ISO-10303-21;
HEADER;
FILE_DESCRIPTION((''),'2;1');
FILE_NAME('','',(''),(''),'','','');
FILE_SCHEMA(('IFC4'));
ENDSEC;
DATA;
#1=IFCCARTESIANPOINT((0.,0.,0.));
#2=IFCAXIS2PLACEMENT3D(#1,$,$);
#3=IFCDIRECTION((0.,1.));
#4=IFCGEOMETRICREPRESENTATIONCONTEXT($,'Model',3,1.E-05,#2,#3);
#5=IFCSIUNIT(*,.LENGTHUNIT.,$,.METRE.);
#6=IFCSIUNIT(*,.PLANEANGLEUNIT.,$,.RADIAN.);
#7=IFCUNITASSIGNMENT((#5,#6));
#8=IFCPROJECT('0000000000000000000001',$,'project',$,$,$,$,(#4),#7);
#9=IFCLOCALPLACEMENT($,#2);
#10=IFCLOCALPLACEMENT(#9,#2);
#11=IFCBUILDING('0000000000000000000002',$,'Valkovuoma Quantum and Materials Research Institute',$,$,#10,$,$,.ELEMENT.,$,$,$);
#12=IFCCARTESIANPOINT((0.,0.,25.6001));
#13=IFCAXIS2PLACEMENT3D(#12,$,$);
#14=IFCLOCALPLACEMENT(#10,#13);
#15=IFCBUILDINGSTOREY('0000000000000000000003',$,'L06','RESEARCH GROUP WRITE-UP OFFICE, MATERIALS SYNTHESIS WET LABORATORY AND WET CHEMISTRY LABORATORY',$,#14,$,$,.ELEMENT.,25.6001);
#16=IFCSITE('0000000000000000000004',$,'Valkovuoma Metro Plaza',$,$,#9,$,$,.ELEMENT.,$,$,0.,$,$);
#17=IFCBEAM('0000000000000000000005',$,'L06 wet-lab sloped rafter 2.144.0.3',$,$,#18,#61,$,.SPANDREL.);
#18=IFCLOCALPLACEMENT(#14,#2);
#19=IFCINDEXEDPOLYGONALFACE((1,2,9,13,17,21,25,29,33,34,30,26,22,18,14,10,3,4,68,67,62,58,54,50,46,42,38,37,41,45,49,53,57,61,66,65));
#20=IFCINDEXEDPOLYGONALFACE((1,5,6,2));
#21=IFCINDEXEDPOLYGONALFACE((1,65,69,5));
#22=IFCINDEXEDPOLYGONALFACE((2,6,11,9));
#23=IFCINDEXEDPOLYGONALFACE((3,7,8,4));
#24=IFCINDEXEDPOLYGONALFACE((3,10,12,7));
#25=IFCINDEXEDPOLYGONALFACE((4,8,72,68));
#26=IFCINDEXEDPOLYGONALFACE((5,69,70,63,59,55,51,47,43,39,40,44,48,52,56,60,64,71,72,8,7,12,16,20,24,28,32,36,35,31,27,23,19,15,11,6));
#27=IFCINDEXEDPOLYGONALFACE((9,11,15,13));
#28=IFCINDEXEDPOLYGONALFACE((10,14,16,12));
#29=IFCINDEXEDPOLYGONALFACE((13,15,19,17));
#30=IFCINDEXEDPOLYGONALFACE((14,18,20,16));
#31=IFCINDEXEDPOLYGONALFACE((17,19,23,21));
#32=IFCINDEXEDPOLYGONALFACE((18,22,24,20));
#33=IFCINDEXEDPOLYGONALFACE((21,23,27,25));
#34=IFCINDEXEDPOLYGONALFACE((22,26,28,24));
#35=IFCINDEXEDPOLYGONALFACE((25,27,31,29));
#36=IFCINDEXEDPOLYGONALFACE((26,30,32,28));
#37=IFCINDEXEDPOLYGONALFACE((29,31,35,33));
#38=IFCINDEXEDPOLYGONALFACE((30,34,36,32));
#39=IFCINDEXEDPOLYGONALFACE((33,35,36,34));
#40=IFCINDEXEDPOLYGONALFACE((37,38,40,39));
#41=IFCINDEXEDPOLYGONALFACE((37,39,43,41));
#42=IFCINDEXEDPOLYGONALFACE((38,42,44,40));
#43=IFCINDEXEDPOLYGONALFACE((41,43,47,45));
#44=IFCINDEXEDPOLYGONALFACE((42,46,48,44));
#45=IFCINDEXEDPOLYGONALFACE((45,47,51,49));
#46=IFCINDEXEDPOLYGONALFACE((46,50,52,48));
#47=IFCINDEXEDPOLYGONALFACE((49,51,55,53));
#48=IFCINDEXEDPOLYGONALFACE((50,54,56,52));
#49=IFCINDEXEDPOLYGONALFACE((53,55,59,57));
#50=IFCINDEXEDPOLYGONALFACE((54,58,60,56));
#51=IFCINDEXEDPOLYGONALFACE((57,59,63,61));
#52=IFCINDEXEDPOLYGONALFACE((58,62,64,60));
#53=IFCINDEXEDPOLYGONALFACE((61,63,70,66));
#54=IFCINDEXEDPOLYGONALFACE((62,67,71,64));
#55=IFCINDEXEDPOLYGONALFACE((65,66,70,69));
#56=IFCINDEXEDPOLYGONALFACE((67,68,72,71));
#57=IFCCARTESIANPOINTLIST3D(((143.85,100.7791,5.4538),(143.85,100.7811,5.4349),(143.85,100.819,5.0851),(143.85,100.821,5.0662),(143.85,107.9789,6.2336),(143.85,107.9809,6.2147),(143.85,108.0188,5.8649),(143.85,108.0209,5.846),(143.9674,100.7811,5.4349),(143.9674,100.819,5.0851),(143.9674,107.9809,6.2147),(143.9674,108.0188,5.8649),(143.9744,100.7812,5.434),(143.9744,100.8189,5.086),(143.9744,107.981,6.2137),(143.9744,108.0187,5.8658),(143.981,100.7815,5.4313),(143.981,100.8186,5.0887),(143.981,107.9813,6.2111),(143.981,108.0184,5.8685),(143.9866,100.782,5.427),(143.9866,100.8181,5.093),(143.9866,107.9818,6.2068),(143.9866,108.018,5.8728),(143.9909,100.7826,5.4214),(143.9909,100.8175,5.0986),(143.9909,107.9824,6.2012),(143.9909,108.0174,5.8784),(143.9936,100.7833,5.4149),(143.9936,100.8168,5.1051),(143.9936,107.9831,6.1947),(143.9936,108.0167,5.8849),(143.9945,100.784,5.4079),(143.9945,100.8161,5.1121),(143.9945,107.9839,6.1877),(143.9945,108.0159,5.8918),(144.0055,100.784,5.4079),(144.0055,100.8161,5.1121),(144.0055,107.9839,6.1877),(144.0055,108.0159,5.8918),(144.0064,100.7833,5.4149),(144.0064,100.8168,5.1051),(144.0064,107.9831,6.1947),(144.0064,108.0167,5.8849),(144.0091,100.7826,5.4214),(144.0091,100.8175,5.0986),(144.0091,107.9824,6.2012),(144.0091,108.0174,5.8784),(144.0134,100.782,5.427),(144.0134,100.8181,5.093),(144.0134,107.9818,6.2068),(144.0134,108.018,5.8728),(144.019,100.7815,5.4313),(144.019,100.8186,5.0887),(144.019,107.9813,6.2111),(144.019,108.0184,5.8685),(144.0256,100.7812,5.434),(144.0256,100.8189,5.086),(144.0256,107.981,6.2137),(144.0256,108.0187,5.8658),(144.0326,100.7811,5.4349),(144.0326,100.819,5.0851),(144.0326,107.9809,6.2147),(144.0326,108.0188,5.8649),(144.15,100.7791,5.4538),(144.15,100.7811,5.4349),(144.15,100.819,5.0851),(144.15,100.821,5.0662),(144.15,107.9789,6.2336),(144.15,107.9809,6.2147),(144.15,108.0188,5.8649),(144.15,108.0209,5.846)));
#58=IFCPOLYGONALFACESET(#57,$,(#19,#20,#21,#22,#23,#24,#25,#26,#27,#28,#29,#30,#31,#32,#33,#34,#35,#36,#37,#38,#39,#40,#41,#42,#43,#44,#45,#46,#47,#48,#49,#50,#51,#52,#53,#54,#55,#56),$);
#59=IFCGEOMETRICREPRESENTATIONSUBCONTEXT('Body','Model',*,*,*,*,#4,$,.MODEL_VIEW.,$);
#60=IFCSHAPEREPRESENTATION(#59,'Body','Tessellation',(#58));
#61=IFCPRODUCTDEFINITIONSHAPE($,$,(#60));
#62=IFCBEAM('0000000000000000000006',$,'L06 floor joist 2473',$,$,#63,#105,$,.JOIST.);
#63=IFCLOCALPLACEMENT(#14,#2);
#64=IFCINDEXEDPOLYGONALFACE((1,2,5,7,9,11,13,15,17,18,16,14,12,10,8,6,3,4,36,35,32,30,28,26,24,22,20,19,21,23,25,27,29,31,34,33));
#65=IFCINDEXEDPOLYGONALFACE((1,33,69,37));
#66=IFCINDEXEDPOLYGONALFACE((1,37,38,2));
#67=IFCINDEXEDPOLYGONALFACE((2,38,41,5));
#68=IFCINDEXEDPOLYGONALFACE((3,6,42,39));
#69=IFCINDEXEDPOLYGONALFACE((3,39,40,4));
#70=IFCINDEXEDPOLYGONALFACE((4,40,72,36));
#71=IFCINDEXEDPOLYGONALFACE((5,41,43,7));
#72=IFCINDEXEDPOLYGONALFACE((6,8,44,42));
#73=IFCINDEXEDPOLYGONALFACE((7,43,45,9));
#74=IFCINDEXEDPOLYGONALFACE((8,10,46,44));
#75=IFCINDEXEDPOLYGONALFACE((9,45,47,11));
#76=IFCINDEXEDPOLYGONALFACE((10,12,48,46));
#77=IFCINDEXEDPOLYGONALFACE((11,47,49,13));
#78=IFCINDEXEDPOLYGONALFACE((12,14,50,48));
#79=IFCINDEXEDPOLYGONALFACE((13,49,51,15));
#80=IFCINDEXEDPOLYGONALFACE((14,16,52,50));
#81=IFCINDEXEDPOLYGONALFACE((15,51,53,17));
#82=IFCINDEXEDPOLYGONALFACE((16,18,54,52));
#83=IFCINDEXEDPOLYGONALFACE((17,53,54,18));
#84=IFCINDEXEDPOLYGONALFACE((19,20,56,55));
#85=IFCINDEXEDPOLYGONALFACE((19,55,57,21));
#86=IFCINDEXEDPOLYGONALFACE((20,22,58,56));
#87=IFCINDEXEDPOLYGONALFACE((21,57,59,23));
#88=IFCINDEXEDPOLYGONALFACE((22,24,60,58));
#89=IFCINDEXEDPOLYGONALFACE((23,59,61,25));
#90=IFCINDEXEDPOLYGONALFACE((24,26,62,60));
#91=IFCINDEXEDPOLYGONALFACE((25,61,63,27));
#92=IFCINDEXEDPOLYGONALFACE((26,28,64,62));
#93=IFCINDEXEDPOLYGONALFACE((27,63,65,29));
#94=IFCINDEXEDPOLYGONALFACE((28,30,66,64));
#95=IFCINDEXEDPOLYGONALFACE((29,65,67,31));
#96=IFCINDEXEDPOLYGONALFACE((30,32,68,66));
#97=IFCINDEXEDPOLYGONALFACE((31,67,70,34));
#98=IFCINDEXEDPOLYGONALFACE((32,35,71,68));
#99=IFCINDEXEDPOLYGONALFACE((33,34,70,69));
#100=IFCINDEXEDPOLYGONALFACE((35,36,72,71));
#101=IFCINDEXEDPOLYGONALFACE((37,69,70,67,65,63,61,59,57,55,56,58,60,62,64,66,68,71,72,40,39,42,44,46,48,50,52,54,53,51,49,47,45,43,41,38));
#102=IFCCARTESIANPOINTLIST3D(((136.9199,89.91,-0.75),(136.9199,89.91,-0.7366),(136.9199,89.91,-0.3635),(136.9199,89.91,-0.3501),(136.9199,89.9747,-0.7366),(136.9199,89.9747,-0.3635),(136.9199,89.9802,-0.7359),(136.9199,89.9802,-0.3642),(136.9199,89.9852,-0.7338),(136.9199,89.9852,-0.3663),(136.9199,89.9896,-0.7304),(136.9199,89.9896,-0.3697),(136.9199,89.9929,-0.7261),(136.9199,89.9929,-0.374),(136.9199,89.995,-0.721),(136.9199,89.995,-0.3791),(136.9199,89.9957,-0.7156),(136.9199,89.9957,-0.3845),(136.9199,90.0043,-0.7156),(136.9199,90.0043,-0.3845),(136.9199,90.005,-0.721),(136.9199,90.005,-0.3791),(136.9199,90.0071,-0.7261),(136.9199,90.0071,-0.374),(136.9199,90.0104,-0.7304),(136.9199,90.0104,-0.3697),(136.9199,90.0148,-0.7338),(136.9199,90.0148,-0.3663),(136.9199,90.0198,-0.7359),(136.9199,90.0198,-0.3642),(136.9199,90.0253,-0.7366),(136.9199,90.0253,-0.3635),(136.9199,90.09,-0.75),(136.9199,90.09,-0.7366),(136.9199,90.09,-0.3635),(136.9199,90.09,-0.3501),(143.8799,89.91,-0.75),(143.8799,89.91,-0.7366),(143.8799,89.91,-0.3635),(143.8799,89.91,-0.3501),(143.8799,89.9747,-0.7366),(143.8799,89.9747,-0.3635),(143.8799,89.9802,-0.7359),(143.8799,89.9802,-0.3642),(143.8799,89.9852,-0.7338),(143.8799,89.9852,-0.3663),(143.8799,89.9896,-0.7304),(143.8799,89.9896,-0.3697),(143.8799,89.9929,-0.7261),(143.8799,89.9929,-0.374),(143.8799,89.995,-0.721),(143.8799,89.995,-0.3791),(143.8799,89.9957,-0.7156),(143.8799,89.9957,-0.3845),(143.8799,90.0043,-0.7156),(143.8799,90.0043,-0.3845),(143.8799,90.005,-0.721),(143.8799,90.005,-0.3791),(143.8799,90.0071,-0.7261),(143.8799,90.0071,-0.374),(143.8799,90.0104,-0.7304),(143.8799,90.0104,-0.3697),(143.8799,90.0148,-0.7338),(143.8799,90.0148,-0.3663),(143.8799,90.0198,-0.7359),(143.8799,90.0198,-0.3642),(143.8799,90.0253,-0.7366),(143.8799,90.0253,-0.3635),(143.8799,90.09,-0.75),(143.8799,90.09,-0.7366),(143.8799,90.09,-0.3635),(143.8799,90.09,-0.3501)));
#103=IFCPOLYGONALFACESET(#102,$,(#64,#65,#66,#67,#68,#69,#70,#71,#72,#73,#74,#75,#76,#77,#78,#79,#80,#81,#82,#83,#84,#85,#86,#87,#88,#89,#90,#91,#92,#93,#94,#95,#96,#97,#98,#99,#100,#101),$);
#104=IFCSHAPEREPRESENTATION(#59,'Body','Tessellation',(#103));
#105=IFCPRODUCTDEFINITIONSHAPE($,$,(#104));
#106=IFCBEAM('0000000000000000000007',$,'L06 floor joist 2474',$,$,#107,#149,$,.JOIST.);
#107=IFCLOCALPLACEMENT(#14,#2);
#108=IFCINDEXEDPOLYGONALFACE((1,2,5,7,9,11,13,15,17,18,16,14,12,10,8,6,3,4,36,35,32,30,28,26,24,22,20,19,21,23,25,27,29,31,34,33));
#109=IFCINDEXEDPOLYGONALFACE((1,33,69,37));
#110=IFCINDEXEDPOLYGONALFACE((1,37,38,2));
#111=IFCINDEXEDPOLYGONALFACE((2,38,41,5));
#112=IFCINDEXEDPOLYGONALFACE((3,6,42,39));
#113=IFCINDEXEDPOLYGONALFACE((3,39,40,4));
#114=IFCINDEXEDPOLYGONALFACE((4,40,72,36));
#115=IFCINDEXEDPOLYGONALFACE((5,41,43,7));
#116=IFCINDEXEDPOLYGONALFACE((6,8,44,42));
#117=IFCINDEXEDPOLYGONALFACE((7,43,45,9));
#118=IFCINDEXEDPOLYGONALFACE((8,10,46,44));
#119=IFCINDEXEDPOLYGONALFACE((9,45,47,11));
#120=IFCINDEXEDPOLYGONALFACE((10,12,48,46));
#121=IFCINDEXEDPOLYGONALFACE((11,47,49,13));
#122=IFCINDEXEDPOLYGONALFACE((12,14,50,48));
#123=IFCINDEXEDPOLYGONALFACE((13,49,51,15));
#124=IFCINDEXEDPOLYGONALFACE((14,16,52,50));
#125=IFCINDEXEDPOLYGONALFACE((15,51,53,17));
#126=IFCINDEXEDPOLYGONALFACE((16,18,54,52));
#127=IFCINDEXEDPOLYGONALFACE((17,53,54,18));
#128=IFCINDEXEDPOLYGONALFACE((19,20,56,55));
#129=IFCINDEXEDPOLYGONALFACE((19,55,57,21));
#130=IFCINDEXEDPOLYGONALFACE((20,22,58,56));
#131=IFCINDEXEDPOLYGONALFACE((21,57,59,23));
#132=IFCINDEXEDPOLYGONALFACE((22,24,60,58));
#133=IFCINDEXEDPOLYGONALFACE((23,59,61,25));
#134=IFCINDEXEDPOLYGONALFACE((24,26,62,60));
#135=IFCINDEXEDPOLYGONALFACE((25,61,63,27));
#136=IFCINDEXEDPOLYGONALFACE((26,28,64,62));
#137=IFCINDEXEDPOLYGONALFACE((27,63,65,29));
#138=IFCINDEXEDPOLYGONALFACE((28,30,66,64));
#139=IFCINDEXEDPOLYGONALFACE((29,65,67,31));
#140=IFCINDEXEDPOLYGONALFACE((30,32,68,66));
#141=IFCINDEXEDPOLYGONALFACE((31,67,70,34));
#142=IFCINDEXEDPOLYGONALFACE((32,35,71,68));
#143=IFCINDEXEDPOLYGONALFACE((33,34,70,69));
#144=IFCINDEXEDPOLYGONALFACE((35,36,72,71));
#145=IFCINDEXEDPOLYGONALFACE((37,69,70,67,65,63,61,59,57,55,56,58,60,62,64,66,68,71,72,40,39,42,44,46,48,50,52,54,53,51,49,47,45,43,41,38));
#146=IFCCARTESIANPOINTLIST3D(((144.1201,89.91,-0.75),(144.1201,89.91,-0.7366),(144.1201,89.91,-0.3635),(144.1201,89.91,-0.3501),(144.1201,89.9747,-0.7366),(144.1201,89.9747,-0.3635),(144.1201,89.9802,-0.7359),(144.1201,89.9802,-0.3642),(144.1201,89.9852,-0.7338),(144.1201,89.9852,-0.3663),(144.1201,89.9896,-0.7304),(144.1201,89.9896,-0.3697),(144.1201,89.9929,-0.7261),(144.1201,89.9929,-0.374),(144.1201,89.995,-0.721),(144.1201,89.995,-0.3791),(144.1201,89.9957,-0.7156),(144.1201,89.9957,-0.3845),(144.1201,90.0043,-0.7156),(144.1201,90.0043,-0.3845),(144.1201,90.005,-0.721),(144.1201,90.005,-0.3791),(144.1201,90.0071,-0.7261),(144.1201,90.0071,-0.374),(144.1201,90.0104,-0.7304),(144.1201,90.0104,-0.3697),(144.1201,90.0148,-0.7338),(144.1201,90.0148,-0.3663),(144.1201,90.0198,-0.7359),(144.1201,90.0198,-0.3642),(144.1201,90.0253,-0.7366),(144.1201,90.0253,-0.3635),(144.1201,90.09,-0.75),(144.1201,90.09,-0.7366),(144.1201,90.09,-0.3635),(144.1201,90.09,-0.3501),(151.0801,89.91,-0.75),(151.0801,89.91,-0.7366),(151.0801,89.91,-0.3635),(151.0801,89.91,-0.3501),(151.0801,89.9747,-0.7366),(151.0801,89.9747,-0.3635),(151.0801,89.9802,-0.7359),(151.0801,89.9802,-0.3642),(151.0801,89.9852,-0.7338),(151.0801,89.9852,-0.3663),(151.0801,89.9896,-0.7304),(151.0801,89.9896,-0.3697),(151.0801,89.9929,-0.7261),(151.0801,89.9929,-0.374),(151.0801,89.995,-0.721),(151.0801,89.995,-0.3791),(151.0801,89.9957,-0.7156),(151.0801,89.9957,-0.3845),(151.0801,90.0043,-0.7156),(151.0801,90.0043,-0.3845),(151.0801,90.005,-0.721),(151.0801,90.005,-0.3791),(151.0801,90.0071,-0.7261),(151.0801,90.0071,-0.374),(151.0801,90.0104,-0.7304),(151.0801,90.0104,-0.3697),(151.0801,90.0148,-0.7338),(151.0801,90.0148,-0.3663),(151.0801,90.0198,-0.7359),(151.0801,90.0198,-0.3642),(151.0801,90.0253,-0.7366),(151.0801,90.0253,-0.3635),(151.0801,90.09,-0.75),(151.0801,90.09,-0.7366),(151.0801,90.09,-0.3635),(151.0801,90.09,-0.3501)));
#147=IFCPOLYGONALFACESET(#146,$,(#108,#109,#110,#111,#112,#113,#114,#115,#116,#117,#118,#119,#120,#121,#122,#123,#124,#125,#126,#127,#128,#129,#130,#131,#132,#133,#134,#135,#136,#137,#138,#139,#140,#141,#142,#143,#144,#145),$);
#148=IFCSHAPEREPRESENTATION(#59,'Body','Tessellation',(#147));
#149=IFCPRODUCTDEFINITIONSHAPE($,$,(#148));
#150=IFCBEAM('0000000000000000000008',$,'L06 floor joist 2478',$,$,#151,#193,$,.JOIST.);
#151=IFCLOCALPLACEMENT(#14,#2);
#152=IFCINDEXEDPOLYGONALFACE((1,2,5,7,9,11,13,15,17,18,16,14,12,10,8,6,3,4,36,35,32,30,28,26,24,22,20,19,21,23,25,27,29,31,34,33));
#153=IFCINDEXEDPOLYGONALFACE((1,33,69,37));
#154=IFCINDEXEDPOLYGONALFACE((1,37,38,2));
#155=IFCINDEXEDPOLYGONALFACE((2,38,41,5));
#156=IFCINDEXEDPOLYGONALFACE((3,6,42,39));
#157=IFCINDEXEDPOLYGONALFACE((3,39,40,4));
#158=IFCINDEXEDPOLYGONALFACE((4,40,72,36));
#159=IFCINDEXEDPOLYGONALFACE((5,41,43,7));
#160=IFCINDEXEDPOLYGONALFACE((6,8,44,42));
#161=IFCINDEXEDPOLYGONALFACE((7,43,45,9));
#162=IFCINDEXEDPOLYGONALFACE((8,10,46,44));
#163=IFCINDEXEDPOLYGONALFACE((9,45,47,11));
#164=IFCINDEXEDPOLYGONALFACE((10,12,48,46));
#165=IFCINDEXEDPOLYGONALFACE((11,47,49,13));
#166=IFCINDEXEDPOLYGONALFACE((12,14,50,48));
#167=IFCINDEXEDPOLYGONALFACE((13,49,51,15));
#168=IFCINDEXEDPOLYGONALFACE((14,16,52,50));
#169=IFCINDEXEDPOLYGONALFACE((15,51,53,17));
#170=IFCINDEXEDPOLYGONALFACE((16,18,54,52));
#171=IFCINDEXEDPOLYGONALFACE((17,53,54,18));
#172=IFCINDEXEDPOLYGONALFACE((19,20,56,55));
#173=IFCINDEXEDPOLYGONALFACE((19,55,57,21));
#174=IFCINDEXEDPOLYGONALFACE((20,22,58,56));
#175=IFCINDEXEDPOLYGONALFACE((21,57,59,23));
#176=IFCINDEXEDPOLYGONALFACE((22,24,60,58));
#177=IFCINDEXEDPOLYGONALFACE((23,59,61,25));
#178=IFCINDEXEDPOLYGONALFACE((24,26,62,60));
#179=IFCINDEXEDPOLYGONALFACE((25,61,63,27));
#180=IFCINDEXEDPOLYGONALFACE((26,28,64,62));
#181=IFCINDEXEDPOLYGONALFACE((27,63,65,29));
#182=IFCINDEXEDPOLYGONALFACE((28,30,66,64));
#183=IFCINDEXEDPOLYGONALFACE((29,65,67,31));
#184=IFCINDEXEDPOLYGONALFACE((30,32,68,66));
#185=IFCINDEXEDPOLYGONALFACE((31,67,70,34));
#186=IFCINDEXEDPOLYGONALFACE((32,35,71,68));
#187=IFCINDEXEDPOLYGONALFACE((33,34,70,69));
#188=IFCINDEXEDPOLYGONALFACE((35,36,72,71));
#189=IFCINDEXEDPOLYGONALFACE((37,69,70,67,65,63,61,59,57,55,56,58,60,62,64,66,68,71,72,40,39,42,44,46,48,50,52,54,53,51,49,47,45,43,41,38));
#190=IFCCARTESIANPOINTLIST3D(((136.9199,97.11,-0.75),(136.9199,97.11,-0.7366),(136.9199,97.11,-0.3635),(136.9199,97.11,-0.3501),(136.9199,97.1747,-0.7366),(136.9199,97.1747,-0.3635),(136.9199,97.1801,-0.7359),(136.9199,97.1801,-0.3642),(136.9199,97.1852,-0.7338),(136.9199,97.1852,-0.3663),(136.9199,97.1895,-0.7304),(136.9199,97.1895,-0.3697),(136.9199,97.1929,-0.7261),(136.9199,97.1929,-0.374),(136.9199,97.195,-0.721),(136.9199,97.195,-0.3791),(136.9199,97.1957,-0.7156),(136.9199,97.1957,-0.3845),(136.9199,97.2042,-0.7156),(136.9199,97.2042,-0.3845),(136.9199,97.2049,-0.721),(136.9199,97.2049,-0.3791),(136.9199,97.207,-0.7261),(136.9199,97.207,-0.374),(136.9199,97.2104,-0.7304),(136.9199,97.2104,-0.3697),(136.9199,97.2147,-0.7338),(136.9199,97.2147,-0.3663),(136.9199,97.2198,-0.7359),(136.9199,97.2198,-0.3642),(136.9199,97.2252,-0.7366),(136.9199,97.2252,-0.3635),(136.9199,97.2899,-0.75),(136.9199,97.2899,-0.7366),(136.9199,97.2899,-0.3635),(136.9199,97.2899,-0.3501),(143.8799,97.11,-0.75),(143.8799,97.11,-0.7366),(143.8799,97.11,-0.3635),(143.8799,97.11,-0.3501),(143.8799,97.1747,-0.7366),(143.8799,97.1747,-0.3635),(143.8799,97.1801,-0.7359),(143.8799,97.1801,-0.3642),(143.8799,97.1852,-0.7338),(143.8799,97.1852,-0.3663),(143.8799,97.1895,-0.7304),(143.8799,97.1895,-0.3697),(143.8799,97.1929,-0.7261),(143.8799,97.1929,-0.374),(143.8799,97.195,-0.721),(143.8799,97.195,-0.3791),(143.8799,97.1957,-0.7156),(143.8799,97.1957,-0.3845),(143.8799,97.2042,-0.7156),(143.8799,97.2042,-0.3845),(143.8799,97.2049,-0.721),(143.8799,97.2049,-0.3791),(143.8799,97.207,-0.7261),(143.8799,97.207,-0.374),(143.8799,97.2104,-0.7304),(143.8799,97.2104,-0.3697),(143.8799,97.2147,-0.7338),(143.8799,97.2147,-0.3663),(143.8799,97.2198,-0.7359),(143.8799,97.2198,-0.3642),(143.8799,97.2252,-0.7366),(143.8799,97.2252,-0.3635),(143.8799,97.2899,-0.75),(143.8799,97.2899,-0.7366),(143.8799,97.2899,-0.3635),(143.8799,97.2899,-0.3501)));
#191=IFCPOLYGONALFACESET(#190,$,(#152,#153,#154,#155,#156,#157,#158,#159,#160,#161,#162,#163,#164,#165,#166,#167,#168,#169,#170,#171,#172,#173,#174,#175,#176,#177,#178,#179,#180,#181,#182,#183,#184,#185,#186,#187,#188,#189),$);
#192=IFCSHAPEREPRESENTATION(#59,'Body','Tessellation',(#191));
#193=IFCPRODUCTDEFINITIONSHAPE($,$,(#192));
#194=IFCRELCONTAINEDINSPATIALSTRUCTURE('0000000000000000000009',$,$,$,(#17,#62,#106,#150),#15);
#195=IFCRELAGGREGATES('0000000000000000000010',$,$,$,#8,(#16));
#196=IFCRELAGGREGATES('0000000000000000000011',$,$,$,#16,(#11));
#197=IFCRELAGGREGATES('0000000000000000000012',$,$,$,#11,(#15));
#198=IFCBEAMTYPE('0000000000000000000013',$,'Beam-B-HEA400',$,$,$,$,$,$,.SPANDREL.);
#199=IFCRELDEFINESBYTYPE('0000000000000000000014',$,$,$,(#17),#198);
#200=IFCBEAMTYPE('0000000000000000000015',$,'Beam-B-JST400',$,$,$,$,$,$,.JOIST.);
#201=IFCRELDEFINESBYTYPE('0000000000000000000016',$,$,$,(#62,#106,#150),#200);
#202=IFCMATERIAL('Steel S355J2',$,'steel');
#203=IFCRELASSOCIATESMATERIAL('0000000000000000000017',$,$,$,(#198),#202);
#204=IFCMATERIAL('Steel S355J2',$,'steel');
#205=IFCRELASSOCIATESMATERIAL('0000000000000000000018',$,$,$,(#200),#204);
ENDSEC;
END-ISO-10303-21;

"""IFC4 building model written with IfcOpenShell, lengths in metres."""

from ifc_helpers import new_model, si_unit, direction, frame, origin, origin_2d, place, context, subcontext, project, spatial, i_section, extrude, material, material_profile, profile_set, type_object, element, save


model = new_model("IFC4")

# Units and contexts
model_context = context("Model", 3, precision=1e-05, world=origin(), true_north=direction((0.0, 1.0)))
body_context = subcontext(model_context, "Body", "Model", "MODEL_VIEW")
ifc_project = project(units=[si_unit("LENGTHUNIT", "METRE"), si_unit("PLANEANGLEUNIT", "RADIAN")], contexts=[model_context])

# Site, building, storey
site_placement = place(None, origin())
site = spatial("IfcSite", under=ifc_project, at=site_placement, Name="Valkovuoma Metro Plaza", CompositionType="ELEMENT", RefElevation=0.0)
building_placement = place(site_placement, origin())
building = spatial("IfcBuilding", under=site, at=building_placement, Name="Valkovuoma Quantum and Materials Research Institute", CompositionType="ELEMENT")
storey_placement = place(building_placement, frame((0.0, 0.0, 25.6001)))
storey = spatial("IfcBuildingStorey", under=building, at=storey_placement, Name="L06", Description="RESEARCH GROUP WRITE-UP OFFICE, MATERIALS SYNTHESIS WET LABORATORY AND WET CHEMISTRY LABORATORY", CompositionType="ELEMENT", Elevation=25.6001)

# Beams
ifc_material_1 = material(Name="Steel S355J2", Category="steel")
ifc_material_profile_1 = material_profile(ifc_material_1, i_section(OverallWidth=0.3, OverallDepth=0.3899, WebThickness=0.011, FlangeThickness=0.019, FilletRadius=0.0271, at=origin_2d()), Name="Steel S355J2")
ifc_profile_set_1 = profile_set([ifc_material_profile_1], Name="Steel S355J2")
beam_type_1 = type_object("IfcBeamType", Name="Beam-B-HEA400", PredefinedType="SPANDREL", material=ifc_profile_set_1)
beam_1_placement = place(storey_placement, frame((144.0, 100.8, 5.26), z_axis=(0.0, 0.994186, 0.107675), x_axis=(-1.0, 0.0, 0.0)))
element("IfcBeam", 1, at=beam_1_placement, inside=storey, type_object=beam_type_1, Name="L06 wet-lab sloped rafter 2.144.0.3", PredefinedType="SPANDREL", context=body_context, shape_type="SweptSolid", body=[
    extrude(i_section(OverallWidth=0.3, OverallDepth=0.3899, WebThickness=0.011, FlangeThickness=0.019, FilletRadius=0.0271, at=origin_2d()), origin(), (0.0, 0.0, 1.0), 7.2419),
])
ifc_material_2 = material(Name="Steel S355J2", Category="steel")
ifc_material_profile_2 = material_profile(ifc_material_2, i_section(OverallWidth=0.1799, OverallDepth=0.3999, WebThickness=0.0085, FlangeThickness=0.0134, FilletRadius=0.021, at=origin_2d()), Name="Steel S355J2")
ifc_profile_set_2 = profile_set([ifc_material_profile_2], Name="Steel S355J2")
beam_type_2 = type_object("IfcBeamType", Name="Beam-B-JST400", PredefinedType="JOIST", material=ifc_profile_set_2)
for number, where, z_axis, x_axis, name in (
    (2, (136.9199, 90.0, -0.55), (1.0, 0.0, 0.0), (0.0, 1.0, 0.0), "L06 floor joist 2473"),
    (3, (144.1201, 90.0, -0.55), (1.0, 0.0, 0.0), (0.0, 1.0, 0.0), "L06 floor joist 2474"),
    (4, (136.9199, 97.2, -0.55), (1.0, 0.0, 0.0), (0.0, 1.0, 0.0), "L06 floor joist 2478"),
):
    element("IfcBeam", number, at=place(storey_placement, frame(where, z_axis=z_axis, x_axis=x_axis)), inside=storey, type_object=beam_type_2, Name=name, PredefinedType="JOIST", context=body_context, shape_type="SweptSolid", body=[
        extrude(i_section(OverallWidth=0.1799, OverallDepth=0.3999, WebThickness=0.0085, FlangeThickness=0.0134, FilletRadius=0.021, at=origin_2d()), origin(), (0.0, 0.0, 1.0), 6.96),
    ])

save(model, "model.ifc")
